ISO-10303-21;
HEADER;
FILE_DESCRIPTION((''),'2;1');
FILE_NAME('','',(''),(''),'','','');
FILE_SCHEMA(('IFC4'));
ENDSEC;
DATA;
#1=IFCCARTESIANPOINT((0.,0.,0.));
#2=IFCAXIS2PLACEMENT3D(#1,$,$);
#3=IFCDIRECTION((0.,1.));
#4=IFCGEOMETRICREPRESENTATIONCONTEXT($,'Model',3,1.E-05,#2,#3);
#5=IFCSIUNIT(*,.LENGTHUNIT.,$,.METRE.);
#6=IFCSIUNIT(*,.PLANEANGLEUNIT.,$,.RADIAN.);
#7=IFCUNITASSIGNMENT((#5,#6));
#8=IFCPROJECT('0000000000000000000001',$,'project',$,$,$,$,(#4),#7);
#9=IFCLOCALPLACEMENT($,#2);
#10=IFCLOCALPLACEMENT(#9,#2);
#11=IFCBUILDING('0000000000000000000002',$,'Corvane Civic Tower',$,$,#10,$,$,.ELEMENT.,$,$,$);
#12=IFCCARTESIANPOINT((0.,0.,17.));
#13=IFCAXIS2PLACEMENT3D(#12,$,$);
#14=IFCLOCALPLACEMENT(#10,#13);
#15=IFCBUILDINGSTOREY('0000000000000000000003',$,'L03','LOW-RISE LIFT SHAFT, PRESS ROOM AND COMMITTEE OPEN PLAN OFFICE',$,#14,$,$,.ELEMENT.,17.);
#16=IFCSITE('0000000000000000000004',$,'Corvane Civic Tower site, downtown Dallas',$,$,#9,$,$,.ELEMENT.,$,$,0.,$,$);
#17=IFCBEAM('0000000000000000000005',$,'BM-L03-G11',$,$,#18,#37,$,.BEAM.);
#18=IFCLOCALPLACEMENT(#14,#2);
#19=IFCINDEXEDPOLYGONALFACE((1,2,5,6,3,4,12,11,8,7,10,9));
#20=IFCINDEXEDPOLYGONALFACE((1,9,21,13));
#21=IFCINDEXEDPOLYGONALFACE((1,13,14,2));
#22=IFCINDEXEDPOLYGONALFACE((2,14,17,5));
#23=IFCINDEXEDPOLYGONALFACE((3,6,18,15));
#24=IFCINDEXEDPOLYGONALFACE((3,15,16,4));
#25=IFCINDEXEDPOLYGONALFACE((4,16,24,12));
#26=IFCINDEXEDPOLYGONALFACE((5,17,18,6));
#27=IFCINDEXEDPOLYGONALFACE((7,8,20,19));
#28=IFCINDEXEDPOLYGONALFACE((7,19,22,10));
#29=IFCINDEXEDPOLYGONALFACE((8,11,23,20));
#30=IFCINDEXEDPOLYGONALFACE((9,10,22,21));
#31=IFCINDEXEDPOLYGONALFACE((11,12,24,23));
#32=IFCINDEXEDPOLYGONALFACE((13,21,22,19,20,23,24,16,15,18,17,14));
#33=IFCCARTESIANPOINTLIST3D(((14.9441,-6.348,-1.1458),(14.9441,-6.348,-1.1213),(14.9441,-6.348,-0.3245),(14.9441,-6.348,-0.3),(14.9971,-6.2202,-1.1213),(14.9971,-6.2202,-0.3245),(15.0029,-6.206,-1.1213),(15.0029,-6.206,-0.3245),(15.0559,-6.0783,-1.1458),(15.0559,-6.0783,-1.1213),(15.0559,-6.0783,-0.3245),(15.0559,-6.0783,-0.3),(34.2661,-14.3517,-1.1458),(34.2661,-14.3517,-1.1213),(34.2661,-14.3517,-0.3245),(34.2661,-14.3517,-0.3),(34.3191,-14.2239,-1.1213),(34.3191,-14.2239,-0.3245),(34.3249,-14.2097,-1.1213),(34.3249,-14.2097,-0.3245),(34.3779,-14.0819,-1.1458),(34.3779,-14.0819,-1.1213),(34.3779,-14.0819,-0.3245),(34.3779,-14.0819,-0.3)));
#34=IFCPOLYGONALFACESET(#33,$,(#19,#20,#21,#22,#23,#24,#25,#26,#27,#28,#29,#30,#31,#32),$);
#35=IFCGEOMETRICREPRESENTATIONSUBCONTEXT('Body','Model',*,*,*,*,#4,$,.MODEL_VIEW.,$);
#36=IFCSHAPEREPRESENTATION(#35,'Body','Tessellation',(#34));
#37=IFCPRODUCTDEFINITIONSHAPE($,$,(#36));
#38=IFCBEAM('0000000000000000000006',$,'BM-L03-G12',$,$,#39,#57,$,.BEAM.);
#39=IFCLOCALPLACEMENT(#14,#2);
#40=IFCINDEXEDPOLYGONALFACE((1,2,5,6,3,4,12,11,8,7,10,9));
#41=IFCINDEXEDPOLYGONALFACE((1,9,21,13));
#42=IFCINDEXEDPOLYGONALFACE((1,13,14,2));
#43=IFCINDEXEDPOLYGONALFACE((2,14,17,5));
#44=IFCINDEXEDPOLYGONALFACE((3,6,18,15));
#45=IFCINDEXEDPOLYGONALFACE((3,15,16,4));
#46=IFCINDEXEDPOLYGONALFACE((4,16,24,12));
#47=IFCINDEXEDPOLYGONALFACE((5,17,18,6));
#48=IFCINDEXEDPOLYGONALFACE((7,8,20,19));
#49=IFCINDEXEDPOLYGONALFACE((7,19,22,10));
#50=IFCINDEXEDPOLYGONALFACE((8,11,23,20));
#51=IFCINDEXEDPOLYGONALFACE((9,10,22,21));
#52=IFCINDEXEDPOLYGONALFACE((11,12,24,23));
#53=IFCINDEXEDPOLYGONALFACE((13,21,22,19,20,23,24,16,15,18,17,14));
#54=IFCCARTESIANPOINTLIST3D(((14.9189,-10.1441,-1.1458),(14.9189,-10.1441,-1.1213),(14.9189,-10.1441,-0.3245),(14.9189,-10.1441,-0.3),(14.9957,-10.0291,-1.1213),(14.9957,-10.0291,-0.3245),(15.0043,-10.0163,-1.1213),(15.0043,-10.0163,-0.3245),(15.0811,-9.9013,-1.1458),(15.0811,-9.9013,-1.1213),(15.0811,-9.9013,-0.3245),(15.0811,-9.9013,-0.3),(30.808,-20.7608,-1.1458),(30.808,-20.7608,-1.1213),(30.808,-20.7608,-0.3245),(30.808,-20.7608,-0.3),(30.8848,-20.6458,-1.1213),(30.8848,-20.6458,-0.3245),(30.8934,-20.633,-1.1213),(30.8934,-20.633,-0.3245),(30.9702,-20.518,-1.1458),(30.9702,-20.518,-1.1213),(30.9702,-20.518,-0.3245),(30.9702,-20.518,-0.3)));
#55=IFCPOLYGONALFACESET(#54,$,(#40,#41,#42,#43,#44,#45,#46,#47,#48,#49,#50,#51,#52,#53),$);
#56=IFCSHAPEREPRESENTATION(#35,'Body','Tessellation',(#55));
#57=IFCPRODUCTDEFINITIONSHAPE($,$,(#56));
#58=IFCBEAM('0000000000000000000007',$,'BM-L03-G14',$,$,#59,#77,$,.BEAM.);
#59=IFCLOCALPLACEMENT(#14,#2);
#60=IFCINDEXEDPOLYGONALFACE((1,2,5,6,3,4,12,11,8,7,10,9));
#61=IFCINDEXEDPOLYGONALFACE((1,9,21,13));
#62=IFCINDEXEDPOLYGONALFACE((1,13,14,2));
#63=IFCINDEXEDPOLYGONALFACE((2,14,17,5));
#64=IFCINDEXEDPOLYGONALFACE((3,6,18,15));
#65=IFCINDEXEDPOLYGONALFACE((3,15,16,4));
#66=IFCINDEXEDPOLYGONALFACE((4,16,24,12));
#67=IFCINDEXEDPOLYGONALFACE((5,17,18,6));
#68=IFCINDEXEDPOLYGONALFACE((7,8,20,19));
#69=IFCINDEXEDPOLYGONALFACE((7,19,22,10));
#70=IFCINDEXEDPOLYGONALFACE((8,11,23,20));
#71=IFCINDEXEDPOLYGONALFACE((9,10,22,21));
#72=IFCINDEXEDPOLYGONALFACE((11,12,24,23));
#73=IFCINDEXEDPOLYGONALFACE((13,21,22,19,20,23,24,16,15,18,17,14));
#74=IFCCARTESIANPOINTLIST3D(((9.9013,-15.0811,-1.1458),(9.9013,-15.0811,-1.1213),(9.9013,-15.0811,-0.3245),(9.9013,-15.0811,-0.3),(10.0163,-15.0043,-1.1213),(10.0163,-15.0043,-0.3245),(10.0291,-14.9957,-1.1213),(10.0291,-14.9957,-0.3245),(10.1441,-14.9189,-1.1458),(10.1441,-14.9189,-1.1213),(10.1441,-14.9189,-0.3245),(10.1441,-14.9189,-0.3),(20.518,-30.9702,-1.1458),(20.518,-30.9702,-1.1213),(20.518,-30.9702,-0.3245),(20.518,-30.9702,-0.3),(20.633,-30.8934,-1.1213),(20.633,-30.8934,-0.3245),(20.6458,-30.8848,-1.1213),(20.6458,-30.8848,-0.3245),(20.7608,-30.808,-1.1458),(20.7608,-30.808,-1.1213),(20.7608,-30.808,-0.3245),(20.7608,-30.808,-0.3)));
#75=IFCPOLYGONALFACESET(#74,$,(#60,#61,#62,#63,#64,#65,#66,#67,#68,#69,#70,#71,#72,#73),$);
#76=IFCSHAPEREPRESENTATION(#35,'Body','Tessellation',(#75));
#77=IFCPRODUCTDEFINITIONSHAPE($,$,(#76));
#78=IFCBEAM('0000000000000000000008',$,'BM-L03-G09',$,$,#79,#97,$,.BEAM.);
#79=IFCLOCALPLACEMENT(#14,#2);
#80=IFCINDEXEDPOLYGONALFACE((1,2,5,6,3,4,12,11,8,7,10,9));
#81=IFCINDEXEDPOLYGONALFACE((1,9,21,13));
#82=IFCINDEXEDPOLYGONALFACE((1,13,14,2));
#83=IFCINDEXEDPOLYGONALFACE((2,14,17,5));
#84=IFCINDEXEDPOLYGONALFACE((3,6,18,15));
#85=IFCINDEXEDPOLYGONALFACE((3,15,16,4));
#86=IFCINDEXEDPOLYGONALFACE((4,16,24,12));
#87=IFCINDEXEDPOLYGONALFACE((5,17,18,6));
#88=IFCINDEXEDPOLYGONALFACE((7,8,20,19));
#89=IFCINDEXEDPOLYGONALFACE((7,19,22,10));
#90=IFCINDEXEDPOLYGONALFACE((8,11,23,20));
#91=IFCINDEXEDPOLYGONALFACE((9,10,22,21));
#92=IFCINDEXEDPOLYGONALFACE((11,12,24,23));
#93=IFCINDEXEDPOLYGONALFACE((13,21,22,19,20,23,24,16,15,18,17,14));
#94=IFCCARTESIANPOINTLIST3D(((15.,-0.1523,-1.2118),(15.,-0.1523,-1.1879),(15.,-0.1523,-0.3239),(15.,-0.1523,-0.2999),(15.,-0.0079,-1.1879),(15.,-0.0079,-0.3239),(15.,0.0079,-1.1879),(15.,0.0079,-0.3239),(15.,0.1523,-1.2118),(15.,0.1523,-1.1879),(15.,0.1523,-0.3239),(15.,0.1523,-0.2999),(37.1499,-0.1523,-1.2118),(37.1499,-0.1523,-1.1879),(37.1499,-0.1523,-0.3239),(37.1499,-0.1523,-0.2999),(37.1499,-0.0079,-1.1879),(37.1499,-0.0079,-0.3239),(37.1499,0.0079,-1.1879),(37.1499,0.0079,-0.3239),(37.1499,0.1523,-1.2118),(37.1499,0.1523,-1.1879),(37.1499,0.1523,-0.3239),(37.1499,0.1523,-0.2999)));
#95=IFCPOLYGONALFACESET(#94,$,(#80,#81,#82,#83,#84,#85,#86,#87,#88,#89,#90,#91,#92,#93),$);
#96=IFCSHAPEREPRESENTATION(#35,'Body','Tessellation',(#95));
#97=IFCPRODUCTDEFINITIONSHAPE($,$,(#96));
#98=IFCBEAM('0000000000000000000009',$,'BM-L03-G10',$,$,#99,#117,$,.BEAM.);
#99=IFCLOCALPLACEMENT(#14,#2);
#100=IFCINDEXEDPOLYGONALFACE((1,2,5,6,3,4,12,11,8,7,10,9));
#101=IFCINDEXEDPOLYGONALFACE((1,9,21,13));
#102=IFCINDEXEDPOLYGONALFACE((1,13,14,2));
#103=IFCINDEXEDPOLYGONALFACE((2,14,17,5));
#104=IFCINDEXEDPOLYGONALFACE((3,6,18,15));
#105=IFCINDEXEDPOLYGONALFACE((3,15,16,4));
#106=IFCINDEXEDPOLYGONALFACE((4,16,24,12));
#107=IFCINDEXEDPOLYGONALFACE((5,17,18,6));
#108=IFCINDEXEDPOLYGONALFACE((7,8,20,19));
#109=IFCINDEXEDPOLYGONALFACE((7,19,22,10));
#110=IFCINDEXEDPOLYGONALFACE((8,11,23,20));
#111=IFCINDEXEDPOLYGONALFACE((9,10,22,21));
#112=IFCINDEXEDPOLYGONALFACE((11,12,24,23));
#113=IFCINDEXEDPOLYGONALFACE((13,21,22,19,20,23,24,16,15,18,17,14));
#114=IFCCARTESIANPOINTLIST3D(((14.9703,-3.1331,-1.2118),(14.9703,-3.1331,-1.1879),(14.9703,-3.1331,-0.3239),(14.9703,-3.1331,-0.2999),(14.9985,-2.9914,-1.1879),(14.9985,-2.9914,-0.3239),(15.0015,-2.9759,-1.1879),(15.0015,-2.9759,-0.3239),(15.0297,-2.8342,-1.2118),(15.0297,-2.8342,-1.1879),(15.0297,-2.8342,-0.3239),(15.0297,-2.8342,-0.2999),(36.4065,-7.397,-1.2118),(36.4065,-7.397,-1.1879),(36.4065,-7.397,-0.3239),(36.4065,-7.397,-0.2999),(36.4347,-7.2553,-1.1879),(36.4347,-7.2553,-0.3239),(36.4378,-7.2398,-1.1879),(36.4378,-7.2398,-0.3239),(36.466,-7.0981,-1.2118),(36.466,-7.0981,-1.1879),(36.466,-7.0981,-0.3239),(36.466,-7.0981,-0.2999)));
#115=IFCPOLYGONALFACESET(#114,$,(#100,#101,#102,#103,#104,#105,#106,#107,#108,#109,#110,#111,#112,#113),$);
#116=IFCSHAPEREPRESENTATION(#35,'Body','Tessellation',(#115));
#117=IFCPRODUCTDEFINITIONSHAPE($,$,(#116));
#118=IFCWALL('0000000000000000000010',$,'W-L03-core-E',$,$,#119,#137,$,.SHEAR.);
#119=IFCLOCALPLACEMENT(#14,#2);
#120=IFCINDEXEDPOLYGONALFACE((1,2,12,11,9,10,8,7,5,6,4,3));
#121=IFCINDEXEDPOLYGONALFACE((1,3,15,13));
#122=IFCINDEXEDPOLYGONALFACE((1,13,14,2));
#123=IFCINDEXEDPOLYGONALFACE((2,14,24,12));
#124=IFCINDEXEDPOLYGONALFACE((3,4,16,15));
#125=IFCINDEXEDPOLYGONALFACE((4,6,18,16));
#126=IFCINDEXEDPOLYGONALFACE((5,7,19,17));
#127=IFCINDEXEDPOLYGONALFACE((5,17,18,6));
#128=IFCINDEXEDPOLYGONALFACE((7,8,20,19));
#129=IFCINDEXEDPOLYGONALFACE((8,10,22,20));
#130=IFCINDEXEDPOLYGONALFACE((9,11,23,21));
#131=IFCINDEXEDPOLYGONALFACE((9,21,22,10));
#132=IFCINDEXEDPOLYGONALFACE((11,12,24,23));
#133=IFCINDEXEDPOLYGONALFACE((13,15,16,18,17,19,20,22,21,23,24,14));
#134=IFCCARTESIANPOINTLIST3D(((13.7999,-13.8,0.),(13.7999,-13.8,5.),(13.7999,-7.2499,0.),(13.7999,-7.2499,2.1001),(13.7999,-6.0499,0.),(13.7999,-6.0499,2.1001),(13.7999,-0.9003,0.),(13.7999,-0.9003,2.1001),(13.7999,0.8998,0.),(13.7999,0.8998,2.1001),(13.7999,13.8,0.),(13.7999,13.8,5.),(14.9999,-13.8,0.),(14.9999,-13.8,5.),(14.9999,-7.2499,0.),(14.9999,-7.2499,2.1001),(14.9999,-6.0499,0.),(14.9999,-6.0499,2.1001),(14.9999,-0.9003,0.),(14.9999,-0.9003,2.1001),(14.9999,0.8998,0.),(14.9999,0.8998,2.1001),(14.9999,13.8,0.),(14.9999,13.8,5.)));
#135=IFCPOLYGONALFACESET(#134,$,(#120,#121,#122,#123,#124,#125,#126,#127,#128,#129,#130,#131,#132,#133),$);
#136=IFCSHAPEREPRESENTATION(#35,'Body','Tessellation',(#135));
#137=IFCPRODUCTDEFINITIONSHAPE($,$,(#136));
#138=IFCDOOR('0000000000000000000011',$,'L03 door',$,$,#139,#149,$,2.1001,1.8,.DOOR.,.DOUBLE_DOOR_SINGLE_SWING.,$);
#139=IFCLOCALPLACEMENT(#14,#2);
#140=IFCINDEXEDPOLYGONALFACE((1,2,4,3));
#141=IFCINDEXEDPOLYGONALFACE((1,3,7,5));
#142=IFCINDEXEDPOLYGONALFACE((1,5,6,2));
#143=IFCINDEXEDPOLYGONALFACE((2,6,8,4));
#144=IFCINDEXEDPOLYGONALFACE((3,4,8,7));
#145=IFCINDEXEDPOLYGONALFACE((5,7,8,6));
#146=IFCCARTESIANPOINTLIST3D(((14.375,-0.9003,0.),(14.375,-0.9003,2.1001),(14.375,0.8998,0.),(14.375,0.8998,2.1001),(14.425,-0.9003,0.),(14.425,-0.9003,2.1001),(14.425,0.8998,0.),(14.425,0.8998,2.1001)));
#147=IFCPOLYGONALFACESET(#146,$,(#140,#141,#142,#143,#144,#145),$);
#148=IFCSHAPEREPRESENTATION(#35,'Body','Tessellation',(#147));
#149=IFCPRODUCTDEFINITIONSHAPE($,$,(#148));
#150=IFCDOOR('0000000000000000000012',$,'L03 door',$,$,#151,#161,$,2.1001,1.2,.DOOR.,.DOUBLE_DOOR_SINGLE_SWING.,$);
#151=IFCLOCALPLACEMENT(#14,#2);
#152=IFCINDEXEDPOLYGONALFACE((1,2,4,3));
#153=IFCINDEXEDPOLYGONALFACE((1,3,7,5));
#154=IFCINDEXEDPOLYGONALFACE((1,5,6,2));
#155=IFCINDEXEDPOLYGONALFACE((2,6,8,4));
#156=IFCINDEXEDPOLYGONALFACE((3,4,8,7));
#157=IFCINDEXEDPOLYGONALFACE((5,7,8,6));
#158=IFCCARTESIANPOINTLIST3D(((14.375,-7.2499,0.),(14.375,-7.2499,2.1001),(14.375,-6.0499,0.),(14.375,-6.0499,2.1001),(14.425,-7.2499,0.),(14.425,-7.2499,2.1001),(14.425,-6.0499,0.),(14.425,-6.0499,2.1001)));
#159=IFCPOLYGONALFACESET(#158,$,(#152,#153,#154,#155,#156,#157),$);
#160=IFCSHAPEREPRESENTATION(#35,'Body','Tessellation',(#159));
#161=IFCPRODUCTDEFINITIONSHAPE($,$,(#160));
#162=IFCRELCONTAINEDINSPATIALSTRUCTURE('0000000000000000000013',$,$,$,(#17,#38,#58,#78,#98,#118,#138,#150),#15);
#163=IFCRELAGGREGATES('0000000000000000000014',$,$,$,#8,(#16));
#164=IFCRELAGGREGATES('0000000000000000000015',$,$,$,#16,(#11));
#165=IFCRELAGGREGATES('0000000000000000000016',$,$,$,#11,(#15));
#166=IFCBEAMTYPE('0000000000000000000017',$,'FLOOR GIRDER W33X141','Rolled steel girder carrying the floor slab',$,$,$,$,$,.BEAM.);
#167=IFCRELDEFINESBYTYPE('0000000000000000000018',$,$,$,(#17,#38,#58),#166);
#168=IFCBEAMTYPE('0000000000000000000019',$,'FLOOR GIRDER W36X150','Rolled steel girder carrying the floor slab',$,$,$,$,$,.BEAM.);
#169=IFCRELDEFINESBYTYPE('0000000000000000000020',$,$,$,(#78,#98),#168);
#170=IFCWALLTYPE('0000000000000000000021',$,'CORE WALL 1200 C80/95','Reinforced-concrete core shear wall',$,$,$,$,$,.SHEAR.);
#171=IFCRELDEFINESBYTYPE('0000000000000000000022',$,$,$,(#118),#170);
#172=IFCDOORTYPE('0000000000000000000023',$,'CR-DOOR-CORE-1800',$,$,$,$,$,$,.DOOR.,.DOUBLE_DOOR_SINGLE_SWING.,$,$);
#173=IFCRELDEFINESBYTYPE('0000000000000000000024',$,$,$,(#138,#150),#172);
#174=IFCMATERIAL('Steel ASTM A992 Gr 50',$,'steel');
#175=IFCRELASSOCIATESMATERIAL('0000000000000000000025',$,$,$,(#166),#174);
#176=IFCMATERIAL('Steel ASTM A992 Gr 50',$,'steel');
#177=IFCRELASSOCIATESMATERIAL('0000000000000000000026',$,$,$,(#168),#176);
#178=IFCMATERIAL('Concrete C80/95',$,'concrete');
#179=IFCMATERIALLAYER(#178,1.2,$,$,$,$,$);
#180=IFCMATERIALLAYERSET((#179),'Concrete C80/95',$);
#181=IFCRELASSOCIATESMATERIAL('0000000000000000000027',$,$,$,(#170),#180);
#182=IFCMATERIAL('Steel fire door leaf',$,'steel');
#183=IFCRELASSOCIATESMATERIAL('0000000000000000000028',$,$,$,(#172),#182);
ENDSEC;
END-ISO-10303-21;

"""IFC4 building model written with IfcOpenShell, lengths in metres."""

from ifc_helpers import new_model, si_unit, direction, frame, frame_2d, origin, origin_2d, place, context, subcontext, project, spatial, rectangle, i_section, extrude, material, layer, layer_set, material_profile, profile_set, type_object, element, fill, save


model = new_model("IFC4")

# Units and contexts
model_context = context("Model", 3, precision=1e-05, world=origin(), true_north=direction((0.0, 1.0)))
body_context = subcontext(model_context, "Body", "Model", "MODEL_VIEW")
ifc_project = project(units=[si_unit("LENGTHUNIT", "METRE"), si_unit("PLANEANGLEUNIT", "RADIAN")], contexts=[model_context])

# Site, building, storey
site_placement = place(None, origin())
site = spatial("IfcSite", under=ifc_project, at=site_placement, Name="Corvane Civic Tower site, downtown Dallas", CompositionType="ELEMENT", RefElevation=0.0)
building_placement = place(site_placement, origin())
building = spatial("IfcBuilding", under=site, at=building_placement, Name="Corvane Civic Tower", CompositionType="ELEMENT")
storey_placement = place(building_placement, frame((0.0, 0.0, 17.0)))
storey = spatial("IfcBuildingStorey", under=building, at=storey_placement, Name="L03", Description="LOW-RISE LIFT SHAFT, PRESS ROOM AND COMMITTEE OPEN PLAN OFFICE", CompositionType="ELEMENT", Elevation=17.0)

# Beams
ifc_material_1 = material(Name="Steel ASTM A992 Gr 50", Category="steel")
ifc_material_profile_1 = material_profile(ifc_material_1, i_section(OverallWidth=0.292, OverallDepth=0.8457, WebThickness=0.0154, FlangeThickness=0.0244, at=origin_2d()), Name="W33X141")
ifc_profile_set_1 = profile_set([ifc_material_profile_1], Name="Steel ASTM A992 Gr 50")
beam_type_1 = type_object("IfcBeamType", Name="FLOOR GIRDER W33X141", Description="Rolled steel girder carrying the floor slab", PredefinedType="BEAM", material=ifc_profile_set_1)
beam_1_placement = place(storey_placement, frame((15.0, -6.2131, -0.7229), z_axis=(0.923876, -0.382692, 0.0), x_axis=(0.382692, 0.923876, 0.0)))
element("IfcBeam", 1, at=beam_1_placement, inside=storey, type_object=beam_type_1, Name="BM-L03-G11", PredefinedType="BEAM", context=body_context, shape_type="SweptSolid", body=[
    extrude(i_section(OverallWidth=0.292, OverallDepth=0.8457, WebThickness=0.0154, FlangeThickness=0.0244, at=origin_2d()), origin(), (0.0, 0.0, 1.0), 20.9141),
])
for number, where, z_axis, x_axis, name in (
    (2, (15.0, -10.0227, -0.7229), (0.831472, -0.555567, 0.0), (0.555567, 0.831472, 0.0), "BM-L03-G12"),
    (3, (10.0227, -15.0, -0.7229), (0.555567, -0.831472, 0.0), (0.831472, 0.555567, 0.0), "BM-L03-G14"),
):
    element("IfcBeam", number, at=place(storey_placement, frame(where, z_axis=z_axis, x_axis=x_axis)), inside=storey, type_object=beam_type_1, Name=name, PredefinedType="BEAM", context=body_context, shape_type="SweptSolid", body=[
        extrude(i_section(OverallWidth=0.292, OverallDepth=0.8457, WebThickness=0.0154, FlangeThickness=0.0244, at=origin_2d()), origin(), (0.0, 0.0, 1.0), 19.1096),
    ])
ifc_material_2 = material(Name="Steel ASTM A992 Gr 50", Category="steel")
ifc_material_profile_2 = material_profile(ifc_material_2, i_section(OverallWidth=0.3047, OverallDepth=0.9119, WebThickness=0.0159, FlangeThickness=0.0239, at=origin_2d()), Name="W36X150")
ifc_profile_set_2 = profile_set([ifc_material_profile_2], Name="Steel ASTM A992 Gr 50")
beam_type_2 = type_object("IfcBeamType", Name="FLOOR GIRDER W36X150", Description="Rolled steel girder carrying the floor slab", PredefinedType="BEAM", material=ifc_profile_set_2)
beam_2_placement = place(storey_placement, frame((15.0, 0.0, -0.7559), z_axis=(1.0, 0.0, 0.0), x_axis=(0.0, 1.0, 0.0)))
element("IfcBeam", 4, at=beam_2_placement, inside=storey, type_object=beam_type_2, Name="BM-L03-G09", PredefinedType="BEAM", context=body_context, shape_type="SweptSolid", body=[
    extrude(i_section(OverallWidth=0.3047, OverallDepth=0.9119, WebThickness=0.0159, FlangeThickness=0.0239, at=origin_2d()), origin(), (0.0, 0.0, 1.0), 22.1499),
])
beam_3_placement = place(storey_placement, frame((15.0, -2.9836, -0.7559), z_axis=(0.980785, -0.195089, 0.0), x_axis=(0.195089, 0.980785, 0.0)))
element("IfcBeam", 5, at=beam_3_placement, inside=storey, type_object=beam_type_2, Name="BM-L03-G10", PredefinedType="BEAM", context=body_context, shape_type="SweptSolid", body=[
    extrude(i_section(OverallWidth=0.3047, OverallDepth=0.9119, WebThickness=0.0159, FlangeThickness=0.0239, at=origin_2d()), origin(), (0.0, 0.0, 1.0), 21.8562),
])

# Wall, openings, doors
ifc_material_3 = material(Name="Concrete C80/95", Category="concrete")
ifc_layer_1 = layer(ifc_material_3, 1.2)
ifc_layer_set_1 = layer_set([ifc_layer_1], Name="Concrete C80/95")
wall_type_1 = type_object("IfcWallType", Name="CORE WALL 1200 C80/95", Description="Reinforced-concrete core shear wall", PredefinedType="SHEAR", material=ifc_layer_set_1)
wall_1_placement = place(storey_placement, frame((14.3999, -13.8, 0.0), z_axis=(0.0, 0.0, 1.0), x_axis=(0.0, 1.0, 0.0)))
wall_1 = element("IfcWall", 6, at=wall_1_placement, inside=storey, type_object=wall_type_1, Name="W-L03-core-E", PredefinedType="SHEAR", context=body_context, shape_type="SweptSolid", body=[
    extrude(rectangle(XDim=27.6001, YDim=1.2, at=frame_2d((13.8, 0.0))), origin(), (0.0, 0.0, 1.0), 5.0),
])
opening_1_placement = place(wall_1_placement, frame((12.8999, 0.0, 0.0)))
opening_1 = element("IfcOpeningElement", 7, at=opening_1_placement, cuts=wall_1, PredefinedType="OPENING", context=body_context, shape_type="SweptSolid", body=[
    extrude(rectangle(XDim=1.8, YDim=2.1001, at=frame_2d((0.8999, 1.05))), frame((0.0, 0.6099, 0.0), z_axis=(0.0, -1.0, 0.0), x_axis=(1.0, 0.0, 0.0)), (0.0, 0.0, 1.0), 1.22),
])
opening_2_placement = place(wall_1_placement, frame((6.55, 0.0, 0.0)))
opening_2 = element("IfcOpeningElement", 8, at=opening_2_placement, cuts=wall_1, PredefinedType="OPENING", context=body_context, shape_type="SweptSolid", body=[
    extrude(rectangle(XDim=1.2, YDim=2.1001, at=frame_2d((0.6001, 1.05))), frame((0.0, 0.6099, 0.0), z_axis=(0.0, -1.0, 0.0), x_axis=(1.0, 0.0, 0.0)), (0.0, 0.0, 1.0), 1.22),
])
ifc_material_4 = material(Name="Steel fire door leaf", Category="steel")
door_type_1 = type_object("IfcDoorType", Name="CR-DOOR-CORE-1800", OperationType="DOUBLE_DOOR_SINGLE_SWING", PredefinedType="DOOR", material=ifc_material_4)
door_1_placement = place(opening_1_placement, origin())
door_1 = element("IfcDoor", 9, at=door_1_placement, inside=storey, type_object=door_type_1, Name="L03 door", OperationType="DOUBLE_DOOR_SINGLE_SWING", OverallHeight=2.1001, OverallWidth=1.8, PredefinedType="DOOR", context=body_context, shape_type="SweptSolid", body=[
    extrude(rectangle(XDim=1.8, YDim=2.1001, at=frame_2d((0.8999, 1.05))), frame((0.0, 0.0249, 0.0), z_axis=(0.0, -1.0, 0.0), x_axis=(1.0, 0.0, 0.0)), (0.0, 0.0, 1.0), 0.05),
])
fill(opening_1, door_1)
door_2_placement = place(opening_2_placement, origin())
door_2 = element("IfcDoor", 10, at=door_2_placement, inside=storey, type_object=door_type_1, Name="L03 door", OperationType="DOUBLE_DOOR_SINGLE_SWING", OverallHeight=2.1001, OverallWidth=1.2, PredefinedType="DOOR", context=body_context, shape_type="SweptSolid", body=[
    extrude(rectangle(XDim=1.2, YDim=2.1001, at=frame_2d((0.6001, 1.05))), frame((0.0, 0.0249, 0.0), z_axis=(0.0, -1.0, 0.0), x_axis=(1.0, 0.0, 0.0)), (0.0, 0.0, 1.0), 0.05),
])
fill(opening_2, door_2)

save(model, "model.ifc")
